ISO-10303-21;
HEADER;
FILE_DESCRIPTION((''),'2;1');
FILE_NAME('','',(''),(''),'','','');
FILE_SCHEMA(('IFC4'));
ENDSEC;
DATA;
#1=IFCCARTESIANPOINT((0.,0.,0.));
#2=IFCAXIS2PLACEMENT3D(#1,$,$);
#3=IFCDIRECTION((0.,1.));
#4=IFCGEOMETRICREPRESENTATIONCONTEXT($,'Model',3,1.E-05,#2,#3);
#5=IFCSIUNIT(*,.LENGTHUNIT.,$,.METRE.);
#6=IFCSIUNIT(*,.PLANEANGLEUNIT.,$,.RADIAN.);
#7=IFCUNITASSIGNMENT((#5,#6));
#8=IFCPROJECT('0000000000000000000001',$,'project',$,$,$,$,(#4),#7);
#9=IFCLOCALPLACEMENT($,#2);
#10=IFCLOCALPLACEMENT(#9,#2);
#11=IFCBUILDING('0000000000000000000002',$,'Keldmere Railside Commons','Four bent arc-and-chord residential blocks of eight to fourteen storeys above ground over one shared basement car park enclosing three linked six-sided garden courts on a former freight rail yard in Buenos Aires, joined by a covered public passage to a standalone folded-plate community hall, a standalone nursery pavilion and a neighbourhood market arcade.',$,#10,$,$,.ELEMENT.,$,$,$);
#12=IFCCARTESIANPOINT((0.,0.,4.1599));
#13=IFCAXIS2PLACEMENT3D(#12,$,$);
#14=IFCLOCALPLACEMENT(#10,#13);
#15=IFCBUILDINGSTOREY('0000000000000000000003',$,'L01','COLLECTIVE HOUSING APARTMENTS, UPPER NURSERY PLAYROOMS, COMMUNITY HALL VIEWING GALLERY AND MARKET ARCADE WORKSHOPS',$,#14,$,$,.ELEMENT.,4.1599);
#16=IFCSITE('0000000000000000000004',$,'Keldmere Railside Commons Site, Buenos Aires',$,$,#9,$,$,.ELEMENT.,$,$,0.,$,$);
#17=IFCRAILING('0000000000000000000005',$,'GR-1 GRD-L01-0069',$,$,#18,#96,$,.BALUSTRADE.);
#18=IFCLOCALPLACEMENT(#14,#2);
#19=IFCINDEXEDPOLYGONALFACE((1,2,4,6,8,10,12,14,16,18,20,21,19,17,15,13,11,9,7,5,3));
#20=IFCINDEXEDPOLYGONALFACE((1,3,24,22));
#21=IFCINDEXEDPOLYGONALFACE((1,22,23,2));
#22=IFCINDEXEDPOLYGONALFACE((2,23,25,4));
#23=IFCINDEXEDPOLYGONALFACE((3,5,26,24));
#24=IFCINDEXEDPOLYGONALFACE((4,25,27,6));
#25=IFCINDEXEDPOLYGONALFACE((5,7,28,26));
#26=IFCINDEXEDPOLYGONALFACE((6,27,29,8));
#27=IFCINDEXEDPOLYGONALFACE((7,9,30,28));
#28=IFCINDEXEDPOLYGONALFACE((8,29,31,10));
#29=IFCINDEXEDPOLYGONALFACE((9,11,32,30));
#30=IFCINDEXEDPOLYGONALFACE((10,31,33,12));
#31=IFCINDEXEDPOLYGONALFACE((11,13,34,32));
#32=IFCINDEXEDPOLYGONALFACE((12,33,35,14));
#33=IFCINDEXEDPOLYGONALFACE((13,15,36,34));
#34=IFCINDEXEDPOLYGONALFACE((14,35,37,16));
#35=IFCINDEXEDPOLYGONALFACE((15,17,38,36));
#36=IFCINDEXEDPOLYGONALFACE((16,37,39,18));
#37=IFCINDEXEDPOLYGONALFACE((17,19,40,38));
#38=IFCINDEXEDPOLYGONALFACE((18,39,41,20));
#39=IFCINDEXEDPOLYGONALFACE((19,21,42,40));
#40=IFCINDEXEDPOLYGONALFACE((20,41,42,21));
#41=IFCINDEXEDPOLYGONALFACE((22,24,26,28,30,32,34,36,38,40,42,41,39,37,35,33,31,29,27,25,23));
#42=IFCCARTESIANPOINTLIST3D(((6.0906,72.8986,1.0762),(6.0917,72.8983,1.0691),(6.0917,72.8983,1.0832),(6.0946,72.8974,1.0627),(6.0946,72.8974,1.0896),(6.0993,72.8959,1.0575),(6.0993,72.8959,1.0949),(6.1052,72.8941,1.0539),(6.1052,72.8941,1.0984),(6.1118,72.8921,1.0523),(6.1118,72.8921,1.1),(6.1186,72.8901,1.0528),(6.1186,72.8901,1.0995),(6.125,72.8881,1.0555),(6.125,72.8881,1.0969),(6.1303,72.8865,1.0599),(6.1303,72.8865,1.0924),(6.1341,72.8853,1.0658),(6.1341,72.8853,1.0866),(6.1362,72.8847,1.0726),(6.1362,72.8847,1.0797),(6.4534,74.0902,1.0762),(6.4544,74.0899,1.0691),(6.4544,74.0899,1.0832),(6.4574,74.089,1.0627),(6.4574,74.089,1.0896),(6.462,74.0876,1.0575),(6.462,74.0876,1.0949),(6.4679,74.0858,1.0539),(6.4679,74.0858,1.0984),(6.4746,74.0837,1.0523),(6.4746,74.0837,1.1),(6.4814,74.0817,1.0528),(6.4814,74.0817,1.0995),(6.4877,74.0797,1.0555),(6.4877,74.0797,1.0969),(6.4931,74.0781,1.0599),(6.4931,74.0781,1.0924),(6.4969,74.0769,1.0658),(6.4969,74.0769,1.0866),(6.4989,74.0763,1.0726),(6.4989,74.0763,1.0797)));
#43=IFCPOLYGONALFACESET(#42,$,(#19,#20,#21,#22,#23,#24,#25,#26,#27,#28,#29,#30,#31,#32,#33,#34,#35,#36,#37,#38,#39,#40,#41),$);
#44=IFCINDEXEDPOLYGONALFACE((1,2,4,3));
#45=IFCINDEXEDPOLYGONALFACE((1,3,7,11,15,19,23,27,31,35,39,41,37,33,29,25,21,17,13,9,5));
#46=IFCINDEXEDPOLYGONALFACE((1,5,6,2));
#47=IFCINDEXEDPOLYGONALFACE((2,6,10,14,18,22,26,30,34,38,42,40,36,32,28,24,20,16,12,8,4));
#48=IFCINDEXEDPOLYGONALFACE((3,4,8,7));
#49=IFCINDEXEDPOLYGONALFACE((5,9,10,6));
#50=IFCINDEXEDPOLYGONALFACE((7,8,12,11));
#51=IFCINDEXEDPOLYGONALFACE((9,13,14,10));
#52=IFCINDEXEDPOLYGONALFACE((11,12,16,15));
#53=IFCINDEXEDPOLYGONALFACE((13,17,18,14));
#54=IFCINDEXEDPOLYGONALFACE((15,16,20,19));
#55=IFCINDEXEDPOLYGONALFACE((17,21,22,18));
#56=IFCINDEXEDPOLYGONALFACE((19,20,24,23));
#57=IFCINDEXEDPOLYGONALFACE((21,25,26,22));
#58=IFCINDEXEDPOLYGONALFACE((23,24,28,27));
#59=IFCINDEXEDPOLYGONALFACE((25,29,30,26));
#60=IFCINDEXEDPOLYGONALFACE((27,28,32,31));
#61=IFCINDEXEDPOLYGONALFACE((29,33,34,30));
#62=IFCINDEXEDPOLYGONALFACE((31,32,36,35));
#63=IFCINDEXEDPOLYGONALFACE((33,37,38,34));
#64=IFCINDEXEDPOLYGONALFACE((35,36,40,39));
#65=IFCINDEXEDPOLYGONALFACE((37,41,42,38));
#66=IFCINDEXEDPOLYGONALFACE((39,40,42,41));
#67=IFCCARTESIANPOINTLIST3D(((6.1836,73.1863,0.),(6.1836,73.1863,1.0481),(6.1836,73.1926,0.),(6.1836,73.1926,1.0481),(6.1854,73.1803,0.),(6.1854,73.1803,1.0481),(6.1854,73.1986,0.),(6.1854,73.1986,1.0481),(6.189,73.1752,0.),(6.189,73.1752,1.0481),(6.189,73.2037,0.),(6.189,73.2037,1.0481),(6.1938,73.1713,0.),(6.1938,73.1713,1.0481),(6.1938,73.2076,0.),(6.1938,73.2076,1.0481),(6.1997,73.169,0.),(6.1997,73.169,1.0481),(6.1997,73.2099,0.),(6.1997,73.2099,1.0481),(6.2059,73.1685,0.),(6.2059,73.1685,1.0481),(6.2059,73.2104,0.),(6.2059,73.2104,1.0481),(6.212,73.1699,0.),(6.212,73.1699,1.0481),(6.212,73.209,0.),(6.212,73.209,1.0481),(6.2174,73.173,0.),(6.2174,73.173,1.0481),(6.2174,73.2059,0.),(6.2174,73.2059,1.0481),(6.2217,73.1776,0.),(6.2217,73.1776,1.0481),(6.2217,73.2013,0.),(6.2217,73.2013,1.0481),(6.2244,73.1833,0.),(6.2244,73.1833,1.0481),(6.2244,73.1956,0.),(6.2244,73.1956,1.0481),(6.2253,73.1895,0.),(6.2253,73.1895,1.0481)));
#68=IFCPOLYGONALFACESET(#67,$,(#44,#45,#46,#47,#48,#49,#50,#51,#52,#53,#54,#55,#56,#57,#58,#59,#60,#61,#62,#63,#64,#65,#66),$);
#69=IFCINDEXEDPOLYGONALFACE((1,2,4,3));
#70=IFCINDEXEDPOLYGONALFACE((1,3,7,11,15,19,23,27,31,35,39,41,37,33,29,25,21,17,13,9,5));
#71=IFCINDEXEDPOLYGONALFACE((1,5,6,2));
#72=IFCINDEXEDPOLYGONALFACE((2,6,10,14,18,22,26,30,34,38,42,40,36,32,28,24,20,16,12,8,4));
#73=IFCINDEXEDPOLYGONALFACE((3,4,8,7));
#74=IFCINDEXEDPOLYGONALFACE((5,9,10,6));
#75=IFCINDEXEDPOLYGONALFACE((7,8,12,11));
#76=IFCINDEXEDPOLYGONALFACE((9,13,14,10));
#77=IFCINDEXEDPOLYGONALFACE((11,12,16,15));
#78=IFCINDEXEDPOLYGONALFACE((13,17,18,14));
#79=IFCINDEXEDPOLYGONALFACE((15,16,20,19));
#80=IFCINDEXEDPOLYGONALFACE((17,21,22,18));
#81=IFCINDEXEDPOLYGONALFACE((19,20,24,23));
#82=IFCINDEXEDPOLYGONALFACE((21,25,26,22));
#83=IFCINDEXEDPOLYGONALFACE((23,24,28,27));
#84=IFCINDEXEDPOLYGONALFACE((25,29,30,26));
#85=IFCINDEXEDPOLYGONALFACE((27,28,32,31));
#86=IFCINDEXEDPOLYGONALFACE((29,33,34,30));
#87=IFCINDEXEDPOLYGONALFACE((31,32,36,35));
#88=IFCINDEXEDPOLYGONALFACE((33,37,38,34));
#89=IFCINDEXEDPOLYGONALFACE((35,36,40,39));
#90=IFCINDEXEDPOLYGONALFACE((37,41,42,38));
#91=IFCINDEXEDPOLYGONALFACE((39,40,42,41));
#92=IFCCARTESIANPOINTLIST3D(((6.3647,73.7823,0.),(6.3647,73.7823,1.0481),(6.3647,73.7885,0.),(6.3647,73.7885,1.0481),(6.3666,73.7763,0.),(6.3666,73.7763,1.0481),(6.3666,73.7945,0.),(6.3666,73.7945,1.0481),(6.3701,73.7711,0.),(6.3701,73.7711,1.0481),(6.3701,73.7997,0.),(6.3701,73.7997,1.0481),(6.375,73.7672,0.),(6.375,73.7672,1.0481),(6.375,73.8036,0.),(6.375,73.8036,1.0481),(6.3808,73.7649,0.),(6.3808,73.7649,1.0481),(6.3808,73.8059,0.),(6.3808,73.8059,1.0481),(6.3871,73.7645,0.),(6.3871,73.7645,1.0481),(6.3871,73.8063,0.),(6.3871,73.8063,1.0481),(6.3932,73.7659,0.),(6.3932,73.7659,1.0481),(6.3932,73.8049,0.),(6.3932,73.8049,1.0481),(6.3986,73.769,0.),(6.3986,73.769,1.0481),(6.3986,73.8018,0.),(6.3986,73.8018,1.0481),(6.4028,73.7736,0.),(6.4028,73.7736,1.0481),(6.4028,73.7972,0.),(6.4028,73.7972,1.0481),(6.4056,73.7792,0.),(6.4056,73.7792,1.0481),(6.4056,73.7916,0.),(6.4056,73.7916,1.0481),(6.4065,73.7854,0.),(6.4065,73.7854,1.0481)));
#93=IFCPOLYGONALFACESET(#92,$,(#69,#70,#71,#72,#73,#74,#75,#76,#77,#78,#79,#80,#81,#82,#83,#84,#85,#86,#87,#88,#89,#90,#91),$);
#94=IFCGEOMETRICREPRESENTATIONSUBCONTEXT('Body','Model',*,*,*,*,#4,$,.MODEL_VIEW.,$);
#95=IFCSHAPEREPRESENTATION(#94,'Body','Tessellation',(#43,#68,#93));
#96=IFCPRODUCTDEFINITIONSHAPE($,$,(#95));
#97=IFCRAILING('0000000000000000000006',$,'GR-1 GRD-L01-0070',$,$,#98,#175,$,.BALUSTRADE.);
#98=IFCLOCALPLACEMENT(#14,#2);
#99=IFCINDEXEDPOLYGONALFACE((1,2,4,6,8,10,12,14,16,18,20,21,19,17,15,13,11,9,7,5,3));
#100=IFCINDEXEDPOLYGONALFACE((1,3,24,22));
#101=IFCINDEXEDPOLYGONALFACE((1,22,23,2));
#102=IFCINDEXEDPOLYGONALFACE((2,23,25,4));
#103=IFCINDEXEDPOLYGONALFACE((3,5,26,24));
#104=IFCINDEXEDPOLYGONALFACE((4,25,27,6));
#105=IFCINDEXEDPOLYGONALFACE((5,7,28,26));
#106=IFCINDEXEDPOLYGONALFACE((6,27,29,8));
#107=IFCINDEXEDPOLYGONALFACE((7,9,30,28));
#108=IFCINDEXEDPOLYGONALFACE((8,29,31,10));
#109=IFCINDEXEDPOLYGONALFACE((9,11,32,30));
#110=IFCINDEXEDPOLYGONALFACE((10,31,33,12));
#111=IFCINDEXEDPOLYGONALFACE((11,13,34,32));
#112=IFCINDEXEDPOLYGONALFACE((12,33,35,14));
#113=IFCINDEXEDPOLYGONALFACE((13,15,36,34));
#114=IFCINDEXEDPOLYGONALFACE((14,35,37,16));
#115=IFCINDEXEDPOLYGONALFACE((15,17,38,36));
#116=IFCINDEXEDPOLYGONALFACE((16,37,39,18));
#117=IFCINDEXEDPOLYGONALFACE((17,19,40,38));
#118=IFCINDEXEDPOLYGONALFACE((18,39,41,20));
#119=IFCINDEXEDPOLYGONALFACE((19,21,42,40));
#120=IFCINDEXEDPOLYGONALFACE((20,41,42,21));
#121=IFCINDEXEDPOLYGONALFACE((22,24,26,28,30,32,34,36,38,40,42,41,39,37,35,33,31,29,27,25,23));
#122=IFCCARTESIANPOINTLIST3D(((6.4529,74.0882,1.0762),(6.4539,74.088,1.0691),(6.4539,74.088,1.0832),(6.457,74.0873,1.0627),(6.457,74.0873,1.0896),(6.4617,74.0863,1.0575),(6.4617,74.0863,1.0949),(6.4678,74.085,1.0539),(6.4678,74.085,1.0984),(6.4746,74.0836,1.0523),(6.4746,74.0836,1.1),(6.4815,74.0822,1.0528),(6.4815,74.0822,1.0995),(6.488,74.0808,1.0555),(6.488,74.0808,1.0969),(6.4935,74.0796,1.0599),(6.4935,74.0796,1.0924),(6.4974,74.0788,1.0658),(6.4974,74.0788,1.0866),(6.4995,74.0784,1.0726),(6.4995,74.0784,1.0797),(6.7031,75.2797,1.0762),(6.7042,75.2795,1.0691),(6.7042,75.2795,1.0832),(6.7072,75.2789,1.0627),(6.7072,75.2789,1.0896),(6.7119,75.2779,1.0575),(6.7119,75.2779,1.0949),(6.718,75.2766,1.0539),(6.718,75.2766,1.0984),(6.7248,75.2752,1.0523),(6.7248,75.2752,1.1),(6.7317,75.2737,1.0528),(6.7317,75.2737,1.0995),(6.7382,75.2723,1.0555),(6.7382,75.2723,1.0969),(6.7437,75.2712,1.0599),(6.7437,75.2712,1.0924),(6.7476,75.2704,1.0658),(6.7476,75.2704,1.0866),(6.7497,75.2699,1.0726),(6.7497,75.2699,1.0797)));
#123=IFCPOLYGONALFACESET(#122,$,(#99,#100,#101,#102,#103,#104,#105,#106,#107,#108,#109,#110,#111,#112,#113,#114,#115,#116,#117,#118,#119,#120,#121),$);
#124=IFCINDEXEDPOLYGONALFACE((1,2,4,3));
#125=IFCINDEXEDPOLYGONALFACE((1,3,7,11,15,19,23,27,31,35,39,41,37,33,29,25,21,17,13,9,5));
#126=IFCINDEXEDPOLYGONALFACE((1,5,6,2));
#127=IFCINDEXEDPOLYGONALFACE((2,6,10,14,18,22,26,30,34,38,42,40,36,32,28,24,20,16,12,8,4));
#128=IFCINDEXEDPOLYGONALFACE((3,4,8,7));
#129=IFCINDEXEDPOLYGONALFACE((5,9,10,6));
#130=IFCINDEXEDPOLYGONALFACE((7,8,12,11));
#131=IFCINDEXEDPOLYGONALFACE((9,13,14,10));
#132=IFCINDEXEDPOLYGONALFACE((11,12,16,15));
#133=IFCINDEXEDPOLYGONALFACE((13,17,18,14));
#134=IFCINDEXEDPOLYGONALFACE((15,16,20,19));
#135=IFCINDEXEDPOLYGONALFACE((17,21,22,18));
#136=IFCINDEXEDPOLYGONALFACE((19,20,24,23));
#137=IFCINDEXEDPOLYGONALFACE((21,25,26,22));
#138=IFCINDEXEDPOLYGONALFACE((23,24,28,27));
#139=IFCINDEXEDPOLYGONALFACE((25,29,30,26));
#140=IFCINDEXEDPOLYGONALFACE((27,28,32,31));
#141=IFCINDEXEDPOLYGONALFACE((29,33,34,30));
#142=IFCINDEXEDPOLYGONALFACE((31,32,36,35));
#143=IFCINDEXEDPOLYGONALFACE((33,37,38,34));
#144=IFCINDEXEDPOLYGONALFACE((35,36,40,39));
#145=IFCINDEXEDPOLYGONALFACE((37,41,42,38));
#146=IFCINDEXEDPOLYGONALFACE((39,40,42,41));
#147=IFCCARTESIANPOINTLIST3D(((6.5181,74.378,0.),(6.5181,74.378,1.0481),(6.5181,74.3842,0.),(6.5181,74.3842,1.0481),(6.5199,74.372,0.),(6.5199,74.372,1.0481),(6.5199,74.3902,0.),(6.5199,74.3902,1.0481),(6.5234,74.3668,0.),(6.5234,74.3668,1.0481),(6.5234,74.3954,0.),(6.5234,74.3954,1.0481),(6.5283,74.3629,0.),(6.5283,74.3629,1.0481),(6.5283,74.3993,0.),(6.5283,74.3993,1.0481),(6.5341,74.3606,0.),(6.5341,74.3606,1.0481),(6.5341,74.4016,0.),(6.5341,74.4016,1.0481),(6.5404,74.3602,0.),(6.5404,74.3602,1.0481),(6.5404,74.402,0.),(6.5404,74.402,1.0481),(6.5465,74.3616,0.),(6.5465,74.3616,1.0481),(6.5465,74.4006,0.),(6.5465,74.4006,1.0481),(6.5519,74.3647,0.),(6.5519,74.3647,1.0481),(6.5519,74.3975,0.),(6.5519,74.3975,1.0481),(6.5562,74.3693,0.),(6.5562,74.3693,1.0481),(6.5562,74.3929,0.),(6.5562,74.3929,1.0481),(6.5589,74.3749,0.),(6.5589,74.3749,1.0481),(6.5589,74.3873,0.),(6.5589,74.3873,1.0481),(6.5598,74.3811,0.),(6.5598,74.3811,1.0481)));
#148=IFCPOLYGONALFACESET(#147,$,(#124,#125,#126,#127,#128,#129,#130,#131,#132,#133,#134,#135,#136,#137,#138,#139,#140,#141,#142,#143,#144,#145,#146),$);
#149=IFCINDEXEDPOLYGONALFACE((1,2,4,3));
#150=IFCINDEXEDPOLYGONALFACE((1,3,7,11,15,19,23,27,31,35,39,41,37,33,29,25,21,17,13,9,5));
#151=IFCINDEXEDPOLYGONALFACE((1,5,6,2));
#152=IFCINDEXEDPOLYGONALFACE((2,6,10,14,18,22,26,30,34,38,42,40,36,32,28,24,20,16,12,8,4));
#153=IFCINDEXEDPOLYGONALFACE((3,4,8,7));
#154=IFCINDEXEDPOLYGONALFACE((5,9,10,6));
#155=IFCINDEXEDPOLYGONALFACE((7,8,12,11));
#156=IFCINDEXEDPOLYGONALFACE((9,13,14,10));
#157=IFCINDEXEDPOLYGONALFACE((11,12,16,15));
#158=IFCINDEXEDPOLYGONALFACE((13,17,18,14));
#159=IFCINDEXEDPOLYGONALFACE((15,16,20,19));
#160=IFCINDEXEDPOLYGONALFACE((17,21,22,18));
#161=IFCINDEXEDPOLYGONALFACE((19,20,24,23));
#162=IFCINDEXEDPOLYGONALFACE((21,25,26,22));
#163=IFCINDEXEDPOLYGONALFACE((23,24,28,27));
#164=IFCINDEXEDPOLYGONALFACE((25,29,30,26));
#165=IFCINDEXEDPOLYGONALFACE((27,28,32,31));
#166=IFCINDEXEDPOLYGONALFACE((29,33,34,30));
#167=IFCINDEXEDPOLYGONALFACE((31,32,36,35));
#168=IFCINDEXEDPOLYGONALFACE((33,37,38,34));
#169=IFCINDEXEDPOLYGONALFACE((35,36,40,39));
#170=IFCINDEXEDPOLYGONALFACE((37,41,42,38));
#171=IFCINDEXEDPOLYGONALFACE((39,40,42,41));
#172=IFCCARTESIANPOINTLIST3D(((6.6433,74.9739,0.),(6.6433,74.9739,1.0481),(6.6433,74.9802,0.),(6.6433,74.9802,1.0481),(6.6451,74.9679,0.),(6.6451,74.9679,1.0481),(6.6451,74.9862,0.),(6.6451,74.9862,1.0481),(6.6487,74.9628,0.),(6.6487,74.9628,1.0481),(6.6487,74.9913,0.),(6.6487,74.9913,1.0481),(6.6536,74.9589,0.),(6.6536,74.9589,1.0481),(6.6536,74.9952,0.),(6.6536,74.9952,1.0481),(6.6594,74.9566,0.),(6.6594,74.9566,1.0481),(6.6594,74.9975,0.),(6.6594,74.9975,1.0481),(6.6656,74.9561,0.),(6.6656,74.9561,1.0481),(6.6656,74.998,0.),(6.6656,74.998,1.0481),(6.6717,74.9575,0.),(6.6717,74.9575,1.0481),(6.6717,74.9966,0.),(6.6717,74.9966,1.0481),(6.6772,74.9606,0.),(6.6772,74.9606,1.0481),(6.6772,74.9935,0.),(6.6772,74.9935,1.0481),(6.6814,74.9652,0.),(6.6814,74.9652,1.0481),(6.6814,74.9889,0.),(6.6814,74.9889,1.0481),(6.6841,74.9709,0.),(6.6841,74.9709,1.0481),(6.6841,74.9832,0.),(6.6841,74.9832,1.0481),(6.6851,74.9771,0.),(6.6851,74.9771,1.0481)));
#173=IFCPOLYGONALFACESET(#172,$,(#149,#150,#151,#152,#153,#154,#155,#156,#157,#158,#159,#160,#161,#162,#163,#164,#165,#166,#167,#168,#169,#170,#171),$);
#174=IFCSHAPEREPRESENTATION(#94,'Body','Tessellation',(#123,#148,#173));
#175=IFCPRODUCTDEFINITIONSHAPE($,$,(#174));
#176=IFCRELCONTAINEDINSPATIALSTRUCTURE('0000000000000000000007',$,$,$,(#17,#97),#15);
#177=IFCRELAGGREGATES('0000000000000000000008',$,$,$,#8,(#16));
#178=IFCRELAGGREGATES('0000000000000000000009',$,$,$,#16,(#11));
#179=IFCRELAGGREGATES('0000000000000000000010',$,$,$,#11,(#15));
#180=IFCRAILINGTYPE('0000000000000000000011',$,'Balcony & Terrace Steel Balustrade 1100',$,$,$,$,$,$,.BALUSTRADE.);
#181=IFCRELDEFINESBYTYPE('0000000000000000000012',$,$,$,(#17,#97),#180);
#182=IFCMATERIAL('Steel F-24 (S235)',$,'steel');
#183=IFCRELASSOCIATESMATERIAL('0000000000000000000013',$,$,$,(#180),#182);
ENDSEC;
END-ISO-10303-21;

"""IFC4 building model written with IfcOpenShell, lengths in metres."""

from ifc_helpers import new_model, si_unit, direction, frame, origin, origin_2d, place, context, subcontext, project, spatial, circle, extrude, material, type_object, element, save


model = new_model("IFC4")

# Units and contexts
model_context = context("Model", 3, precision=1e-05, world=origin(), true_north=direction((0.0, 1.0)))
body_context = subcontext(model_context, "Body", "Model", "MODEL_VIEW")
ifc_project = project(units=[si_unit("LENGTHUNIT", "METRE"), si_unit("PLANEANGLEUNIT", "RADIAN")], contexts=[model_context])

# Site, building, storey
site_placement = place(None, origin())
site = spatial("IfcSite", under=ifc_project, at=site_placement, Name="Keldmere Railside Commons Site, Buenos Aires", CompositionType="ELEMENT", RefElevation=0.0)
building_placement = place(site_placement, origin())
building = spatial("IfcBuilding", under=site, at=building_placement, Name="Keldmere Railside Commons", Description="Four bent arc-and-chord residential blocks of eight to fourteen storeys above ground over one shared basement car park enclosing three linked six-sided garden courts on a former freight rail yard in Buenos Aires, joined by a covered public passage to a standalone folded-plate community hall, a standalone nursery pavilion and a neighbourhood market arcade.", CompositionType="ELEMENT")
storey_placement = place(building_placement, frame((0.0, 0.0, 4.1599)))
storey = spatial("IfcBuildingStorey", under=building, at=storey_placement, Name="L01", Description="COLLECTIVE HOUSING APARTMENTS, UPPER NURSERY PLAYROOMS, COMMUNITY HALL VIEWING GALLERY AND MARKET ARCADE WORKSHOPS", CompositionType="ELEMENT", Elevation=4.1599)

# Shared definitions
ifc_material_1 = material(Name="Steel F-24 (S235)", Category="steel")

# Railings
railing_type_1 = type_object("IfcRailingType", Name="Balcony & Terrace Steel Balustrade 1100", PredefinedType="BALUSTRADE", material=ifc_material_1)
railing_1_placement = place(storey_placement, frame((6.1135, 72.8916, 0.0)))
element("IfcRailing", 1, at=railing_1_placement, inside=storey, type_object=railing_type_1, Name="GR-1 GRD-L01-0069", PredefinedType="BALUSTRADE", context=body_context, shape_type="SweptSolid", body=[
    extrude(circle(Radius=0.0239, at=origin_2d()), frame((0.0, 0.0, 1.0762), z_axis=(0.291247, 0.956648, 0.0), x_axis=(-0.956648, 0.291247, 0.0)), (0.0, 0.0, 1.0), 1.2456),
    extrude(circle(Radius=0.021, at=origin_2d()), frame((0.0908, 0.2979, 0.0)), (0.0, 0.0, 1.0), 1.0481),
    extrude(circle(Radius=0.021, at=origin_2d()), frame((0.272, 0.8938, 0.0)), (0.0, 0.0, 1.0), 1.0481),
])
railing_2_placement = place(storey_placement, frame((6.4763, 74.0833, 0.0)))
element("IfcRailing", 2, at=railing_2_placement, inside=storey, type_object=railing_type_1, Name="GR-1 GRD-L01-0070", PredefinedType="BALUSTRADE", context=body_context, shape_type="SweptSolid", body=[
    extrude(circle(Radius=0.0239, at=origin_2d()), frame((0.0, 0.0, 1.0762), z_axis=(0.205515, 0.978654, 0.0), x_axis=(-0.978654, 0.205515, 0.0)), (0.0, 0.0, 1.0), 1.2175),
    extrude(circle(Radius=0.021, at=origin_2d()), frame((0.0625, 0.2979, 0.0)), (0.0, 0.0, 1.0), 1.0481),
    extrude(circle(Radius=0.021, at=origin_2d()), frame((0.1877, 0.8938, 0.0)), (0.0, 0.0, 1.0), 1.0481),
])

save(model, "model.ifc")
